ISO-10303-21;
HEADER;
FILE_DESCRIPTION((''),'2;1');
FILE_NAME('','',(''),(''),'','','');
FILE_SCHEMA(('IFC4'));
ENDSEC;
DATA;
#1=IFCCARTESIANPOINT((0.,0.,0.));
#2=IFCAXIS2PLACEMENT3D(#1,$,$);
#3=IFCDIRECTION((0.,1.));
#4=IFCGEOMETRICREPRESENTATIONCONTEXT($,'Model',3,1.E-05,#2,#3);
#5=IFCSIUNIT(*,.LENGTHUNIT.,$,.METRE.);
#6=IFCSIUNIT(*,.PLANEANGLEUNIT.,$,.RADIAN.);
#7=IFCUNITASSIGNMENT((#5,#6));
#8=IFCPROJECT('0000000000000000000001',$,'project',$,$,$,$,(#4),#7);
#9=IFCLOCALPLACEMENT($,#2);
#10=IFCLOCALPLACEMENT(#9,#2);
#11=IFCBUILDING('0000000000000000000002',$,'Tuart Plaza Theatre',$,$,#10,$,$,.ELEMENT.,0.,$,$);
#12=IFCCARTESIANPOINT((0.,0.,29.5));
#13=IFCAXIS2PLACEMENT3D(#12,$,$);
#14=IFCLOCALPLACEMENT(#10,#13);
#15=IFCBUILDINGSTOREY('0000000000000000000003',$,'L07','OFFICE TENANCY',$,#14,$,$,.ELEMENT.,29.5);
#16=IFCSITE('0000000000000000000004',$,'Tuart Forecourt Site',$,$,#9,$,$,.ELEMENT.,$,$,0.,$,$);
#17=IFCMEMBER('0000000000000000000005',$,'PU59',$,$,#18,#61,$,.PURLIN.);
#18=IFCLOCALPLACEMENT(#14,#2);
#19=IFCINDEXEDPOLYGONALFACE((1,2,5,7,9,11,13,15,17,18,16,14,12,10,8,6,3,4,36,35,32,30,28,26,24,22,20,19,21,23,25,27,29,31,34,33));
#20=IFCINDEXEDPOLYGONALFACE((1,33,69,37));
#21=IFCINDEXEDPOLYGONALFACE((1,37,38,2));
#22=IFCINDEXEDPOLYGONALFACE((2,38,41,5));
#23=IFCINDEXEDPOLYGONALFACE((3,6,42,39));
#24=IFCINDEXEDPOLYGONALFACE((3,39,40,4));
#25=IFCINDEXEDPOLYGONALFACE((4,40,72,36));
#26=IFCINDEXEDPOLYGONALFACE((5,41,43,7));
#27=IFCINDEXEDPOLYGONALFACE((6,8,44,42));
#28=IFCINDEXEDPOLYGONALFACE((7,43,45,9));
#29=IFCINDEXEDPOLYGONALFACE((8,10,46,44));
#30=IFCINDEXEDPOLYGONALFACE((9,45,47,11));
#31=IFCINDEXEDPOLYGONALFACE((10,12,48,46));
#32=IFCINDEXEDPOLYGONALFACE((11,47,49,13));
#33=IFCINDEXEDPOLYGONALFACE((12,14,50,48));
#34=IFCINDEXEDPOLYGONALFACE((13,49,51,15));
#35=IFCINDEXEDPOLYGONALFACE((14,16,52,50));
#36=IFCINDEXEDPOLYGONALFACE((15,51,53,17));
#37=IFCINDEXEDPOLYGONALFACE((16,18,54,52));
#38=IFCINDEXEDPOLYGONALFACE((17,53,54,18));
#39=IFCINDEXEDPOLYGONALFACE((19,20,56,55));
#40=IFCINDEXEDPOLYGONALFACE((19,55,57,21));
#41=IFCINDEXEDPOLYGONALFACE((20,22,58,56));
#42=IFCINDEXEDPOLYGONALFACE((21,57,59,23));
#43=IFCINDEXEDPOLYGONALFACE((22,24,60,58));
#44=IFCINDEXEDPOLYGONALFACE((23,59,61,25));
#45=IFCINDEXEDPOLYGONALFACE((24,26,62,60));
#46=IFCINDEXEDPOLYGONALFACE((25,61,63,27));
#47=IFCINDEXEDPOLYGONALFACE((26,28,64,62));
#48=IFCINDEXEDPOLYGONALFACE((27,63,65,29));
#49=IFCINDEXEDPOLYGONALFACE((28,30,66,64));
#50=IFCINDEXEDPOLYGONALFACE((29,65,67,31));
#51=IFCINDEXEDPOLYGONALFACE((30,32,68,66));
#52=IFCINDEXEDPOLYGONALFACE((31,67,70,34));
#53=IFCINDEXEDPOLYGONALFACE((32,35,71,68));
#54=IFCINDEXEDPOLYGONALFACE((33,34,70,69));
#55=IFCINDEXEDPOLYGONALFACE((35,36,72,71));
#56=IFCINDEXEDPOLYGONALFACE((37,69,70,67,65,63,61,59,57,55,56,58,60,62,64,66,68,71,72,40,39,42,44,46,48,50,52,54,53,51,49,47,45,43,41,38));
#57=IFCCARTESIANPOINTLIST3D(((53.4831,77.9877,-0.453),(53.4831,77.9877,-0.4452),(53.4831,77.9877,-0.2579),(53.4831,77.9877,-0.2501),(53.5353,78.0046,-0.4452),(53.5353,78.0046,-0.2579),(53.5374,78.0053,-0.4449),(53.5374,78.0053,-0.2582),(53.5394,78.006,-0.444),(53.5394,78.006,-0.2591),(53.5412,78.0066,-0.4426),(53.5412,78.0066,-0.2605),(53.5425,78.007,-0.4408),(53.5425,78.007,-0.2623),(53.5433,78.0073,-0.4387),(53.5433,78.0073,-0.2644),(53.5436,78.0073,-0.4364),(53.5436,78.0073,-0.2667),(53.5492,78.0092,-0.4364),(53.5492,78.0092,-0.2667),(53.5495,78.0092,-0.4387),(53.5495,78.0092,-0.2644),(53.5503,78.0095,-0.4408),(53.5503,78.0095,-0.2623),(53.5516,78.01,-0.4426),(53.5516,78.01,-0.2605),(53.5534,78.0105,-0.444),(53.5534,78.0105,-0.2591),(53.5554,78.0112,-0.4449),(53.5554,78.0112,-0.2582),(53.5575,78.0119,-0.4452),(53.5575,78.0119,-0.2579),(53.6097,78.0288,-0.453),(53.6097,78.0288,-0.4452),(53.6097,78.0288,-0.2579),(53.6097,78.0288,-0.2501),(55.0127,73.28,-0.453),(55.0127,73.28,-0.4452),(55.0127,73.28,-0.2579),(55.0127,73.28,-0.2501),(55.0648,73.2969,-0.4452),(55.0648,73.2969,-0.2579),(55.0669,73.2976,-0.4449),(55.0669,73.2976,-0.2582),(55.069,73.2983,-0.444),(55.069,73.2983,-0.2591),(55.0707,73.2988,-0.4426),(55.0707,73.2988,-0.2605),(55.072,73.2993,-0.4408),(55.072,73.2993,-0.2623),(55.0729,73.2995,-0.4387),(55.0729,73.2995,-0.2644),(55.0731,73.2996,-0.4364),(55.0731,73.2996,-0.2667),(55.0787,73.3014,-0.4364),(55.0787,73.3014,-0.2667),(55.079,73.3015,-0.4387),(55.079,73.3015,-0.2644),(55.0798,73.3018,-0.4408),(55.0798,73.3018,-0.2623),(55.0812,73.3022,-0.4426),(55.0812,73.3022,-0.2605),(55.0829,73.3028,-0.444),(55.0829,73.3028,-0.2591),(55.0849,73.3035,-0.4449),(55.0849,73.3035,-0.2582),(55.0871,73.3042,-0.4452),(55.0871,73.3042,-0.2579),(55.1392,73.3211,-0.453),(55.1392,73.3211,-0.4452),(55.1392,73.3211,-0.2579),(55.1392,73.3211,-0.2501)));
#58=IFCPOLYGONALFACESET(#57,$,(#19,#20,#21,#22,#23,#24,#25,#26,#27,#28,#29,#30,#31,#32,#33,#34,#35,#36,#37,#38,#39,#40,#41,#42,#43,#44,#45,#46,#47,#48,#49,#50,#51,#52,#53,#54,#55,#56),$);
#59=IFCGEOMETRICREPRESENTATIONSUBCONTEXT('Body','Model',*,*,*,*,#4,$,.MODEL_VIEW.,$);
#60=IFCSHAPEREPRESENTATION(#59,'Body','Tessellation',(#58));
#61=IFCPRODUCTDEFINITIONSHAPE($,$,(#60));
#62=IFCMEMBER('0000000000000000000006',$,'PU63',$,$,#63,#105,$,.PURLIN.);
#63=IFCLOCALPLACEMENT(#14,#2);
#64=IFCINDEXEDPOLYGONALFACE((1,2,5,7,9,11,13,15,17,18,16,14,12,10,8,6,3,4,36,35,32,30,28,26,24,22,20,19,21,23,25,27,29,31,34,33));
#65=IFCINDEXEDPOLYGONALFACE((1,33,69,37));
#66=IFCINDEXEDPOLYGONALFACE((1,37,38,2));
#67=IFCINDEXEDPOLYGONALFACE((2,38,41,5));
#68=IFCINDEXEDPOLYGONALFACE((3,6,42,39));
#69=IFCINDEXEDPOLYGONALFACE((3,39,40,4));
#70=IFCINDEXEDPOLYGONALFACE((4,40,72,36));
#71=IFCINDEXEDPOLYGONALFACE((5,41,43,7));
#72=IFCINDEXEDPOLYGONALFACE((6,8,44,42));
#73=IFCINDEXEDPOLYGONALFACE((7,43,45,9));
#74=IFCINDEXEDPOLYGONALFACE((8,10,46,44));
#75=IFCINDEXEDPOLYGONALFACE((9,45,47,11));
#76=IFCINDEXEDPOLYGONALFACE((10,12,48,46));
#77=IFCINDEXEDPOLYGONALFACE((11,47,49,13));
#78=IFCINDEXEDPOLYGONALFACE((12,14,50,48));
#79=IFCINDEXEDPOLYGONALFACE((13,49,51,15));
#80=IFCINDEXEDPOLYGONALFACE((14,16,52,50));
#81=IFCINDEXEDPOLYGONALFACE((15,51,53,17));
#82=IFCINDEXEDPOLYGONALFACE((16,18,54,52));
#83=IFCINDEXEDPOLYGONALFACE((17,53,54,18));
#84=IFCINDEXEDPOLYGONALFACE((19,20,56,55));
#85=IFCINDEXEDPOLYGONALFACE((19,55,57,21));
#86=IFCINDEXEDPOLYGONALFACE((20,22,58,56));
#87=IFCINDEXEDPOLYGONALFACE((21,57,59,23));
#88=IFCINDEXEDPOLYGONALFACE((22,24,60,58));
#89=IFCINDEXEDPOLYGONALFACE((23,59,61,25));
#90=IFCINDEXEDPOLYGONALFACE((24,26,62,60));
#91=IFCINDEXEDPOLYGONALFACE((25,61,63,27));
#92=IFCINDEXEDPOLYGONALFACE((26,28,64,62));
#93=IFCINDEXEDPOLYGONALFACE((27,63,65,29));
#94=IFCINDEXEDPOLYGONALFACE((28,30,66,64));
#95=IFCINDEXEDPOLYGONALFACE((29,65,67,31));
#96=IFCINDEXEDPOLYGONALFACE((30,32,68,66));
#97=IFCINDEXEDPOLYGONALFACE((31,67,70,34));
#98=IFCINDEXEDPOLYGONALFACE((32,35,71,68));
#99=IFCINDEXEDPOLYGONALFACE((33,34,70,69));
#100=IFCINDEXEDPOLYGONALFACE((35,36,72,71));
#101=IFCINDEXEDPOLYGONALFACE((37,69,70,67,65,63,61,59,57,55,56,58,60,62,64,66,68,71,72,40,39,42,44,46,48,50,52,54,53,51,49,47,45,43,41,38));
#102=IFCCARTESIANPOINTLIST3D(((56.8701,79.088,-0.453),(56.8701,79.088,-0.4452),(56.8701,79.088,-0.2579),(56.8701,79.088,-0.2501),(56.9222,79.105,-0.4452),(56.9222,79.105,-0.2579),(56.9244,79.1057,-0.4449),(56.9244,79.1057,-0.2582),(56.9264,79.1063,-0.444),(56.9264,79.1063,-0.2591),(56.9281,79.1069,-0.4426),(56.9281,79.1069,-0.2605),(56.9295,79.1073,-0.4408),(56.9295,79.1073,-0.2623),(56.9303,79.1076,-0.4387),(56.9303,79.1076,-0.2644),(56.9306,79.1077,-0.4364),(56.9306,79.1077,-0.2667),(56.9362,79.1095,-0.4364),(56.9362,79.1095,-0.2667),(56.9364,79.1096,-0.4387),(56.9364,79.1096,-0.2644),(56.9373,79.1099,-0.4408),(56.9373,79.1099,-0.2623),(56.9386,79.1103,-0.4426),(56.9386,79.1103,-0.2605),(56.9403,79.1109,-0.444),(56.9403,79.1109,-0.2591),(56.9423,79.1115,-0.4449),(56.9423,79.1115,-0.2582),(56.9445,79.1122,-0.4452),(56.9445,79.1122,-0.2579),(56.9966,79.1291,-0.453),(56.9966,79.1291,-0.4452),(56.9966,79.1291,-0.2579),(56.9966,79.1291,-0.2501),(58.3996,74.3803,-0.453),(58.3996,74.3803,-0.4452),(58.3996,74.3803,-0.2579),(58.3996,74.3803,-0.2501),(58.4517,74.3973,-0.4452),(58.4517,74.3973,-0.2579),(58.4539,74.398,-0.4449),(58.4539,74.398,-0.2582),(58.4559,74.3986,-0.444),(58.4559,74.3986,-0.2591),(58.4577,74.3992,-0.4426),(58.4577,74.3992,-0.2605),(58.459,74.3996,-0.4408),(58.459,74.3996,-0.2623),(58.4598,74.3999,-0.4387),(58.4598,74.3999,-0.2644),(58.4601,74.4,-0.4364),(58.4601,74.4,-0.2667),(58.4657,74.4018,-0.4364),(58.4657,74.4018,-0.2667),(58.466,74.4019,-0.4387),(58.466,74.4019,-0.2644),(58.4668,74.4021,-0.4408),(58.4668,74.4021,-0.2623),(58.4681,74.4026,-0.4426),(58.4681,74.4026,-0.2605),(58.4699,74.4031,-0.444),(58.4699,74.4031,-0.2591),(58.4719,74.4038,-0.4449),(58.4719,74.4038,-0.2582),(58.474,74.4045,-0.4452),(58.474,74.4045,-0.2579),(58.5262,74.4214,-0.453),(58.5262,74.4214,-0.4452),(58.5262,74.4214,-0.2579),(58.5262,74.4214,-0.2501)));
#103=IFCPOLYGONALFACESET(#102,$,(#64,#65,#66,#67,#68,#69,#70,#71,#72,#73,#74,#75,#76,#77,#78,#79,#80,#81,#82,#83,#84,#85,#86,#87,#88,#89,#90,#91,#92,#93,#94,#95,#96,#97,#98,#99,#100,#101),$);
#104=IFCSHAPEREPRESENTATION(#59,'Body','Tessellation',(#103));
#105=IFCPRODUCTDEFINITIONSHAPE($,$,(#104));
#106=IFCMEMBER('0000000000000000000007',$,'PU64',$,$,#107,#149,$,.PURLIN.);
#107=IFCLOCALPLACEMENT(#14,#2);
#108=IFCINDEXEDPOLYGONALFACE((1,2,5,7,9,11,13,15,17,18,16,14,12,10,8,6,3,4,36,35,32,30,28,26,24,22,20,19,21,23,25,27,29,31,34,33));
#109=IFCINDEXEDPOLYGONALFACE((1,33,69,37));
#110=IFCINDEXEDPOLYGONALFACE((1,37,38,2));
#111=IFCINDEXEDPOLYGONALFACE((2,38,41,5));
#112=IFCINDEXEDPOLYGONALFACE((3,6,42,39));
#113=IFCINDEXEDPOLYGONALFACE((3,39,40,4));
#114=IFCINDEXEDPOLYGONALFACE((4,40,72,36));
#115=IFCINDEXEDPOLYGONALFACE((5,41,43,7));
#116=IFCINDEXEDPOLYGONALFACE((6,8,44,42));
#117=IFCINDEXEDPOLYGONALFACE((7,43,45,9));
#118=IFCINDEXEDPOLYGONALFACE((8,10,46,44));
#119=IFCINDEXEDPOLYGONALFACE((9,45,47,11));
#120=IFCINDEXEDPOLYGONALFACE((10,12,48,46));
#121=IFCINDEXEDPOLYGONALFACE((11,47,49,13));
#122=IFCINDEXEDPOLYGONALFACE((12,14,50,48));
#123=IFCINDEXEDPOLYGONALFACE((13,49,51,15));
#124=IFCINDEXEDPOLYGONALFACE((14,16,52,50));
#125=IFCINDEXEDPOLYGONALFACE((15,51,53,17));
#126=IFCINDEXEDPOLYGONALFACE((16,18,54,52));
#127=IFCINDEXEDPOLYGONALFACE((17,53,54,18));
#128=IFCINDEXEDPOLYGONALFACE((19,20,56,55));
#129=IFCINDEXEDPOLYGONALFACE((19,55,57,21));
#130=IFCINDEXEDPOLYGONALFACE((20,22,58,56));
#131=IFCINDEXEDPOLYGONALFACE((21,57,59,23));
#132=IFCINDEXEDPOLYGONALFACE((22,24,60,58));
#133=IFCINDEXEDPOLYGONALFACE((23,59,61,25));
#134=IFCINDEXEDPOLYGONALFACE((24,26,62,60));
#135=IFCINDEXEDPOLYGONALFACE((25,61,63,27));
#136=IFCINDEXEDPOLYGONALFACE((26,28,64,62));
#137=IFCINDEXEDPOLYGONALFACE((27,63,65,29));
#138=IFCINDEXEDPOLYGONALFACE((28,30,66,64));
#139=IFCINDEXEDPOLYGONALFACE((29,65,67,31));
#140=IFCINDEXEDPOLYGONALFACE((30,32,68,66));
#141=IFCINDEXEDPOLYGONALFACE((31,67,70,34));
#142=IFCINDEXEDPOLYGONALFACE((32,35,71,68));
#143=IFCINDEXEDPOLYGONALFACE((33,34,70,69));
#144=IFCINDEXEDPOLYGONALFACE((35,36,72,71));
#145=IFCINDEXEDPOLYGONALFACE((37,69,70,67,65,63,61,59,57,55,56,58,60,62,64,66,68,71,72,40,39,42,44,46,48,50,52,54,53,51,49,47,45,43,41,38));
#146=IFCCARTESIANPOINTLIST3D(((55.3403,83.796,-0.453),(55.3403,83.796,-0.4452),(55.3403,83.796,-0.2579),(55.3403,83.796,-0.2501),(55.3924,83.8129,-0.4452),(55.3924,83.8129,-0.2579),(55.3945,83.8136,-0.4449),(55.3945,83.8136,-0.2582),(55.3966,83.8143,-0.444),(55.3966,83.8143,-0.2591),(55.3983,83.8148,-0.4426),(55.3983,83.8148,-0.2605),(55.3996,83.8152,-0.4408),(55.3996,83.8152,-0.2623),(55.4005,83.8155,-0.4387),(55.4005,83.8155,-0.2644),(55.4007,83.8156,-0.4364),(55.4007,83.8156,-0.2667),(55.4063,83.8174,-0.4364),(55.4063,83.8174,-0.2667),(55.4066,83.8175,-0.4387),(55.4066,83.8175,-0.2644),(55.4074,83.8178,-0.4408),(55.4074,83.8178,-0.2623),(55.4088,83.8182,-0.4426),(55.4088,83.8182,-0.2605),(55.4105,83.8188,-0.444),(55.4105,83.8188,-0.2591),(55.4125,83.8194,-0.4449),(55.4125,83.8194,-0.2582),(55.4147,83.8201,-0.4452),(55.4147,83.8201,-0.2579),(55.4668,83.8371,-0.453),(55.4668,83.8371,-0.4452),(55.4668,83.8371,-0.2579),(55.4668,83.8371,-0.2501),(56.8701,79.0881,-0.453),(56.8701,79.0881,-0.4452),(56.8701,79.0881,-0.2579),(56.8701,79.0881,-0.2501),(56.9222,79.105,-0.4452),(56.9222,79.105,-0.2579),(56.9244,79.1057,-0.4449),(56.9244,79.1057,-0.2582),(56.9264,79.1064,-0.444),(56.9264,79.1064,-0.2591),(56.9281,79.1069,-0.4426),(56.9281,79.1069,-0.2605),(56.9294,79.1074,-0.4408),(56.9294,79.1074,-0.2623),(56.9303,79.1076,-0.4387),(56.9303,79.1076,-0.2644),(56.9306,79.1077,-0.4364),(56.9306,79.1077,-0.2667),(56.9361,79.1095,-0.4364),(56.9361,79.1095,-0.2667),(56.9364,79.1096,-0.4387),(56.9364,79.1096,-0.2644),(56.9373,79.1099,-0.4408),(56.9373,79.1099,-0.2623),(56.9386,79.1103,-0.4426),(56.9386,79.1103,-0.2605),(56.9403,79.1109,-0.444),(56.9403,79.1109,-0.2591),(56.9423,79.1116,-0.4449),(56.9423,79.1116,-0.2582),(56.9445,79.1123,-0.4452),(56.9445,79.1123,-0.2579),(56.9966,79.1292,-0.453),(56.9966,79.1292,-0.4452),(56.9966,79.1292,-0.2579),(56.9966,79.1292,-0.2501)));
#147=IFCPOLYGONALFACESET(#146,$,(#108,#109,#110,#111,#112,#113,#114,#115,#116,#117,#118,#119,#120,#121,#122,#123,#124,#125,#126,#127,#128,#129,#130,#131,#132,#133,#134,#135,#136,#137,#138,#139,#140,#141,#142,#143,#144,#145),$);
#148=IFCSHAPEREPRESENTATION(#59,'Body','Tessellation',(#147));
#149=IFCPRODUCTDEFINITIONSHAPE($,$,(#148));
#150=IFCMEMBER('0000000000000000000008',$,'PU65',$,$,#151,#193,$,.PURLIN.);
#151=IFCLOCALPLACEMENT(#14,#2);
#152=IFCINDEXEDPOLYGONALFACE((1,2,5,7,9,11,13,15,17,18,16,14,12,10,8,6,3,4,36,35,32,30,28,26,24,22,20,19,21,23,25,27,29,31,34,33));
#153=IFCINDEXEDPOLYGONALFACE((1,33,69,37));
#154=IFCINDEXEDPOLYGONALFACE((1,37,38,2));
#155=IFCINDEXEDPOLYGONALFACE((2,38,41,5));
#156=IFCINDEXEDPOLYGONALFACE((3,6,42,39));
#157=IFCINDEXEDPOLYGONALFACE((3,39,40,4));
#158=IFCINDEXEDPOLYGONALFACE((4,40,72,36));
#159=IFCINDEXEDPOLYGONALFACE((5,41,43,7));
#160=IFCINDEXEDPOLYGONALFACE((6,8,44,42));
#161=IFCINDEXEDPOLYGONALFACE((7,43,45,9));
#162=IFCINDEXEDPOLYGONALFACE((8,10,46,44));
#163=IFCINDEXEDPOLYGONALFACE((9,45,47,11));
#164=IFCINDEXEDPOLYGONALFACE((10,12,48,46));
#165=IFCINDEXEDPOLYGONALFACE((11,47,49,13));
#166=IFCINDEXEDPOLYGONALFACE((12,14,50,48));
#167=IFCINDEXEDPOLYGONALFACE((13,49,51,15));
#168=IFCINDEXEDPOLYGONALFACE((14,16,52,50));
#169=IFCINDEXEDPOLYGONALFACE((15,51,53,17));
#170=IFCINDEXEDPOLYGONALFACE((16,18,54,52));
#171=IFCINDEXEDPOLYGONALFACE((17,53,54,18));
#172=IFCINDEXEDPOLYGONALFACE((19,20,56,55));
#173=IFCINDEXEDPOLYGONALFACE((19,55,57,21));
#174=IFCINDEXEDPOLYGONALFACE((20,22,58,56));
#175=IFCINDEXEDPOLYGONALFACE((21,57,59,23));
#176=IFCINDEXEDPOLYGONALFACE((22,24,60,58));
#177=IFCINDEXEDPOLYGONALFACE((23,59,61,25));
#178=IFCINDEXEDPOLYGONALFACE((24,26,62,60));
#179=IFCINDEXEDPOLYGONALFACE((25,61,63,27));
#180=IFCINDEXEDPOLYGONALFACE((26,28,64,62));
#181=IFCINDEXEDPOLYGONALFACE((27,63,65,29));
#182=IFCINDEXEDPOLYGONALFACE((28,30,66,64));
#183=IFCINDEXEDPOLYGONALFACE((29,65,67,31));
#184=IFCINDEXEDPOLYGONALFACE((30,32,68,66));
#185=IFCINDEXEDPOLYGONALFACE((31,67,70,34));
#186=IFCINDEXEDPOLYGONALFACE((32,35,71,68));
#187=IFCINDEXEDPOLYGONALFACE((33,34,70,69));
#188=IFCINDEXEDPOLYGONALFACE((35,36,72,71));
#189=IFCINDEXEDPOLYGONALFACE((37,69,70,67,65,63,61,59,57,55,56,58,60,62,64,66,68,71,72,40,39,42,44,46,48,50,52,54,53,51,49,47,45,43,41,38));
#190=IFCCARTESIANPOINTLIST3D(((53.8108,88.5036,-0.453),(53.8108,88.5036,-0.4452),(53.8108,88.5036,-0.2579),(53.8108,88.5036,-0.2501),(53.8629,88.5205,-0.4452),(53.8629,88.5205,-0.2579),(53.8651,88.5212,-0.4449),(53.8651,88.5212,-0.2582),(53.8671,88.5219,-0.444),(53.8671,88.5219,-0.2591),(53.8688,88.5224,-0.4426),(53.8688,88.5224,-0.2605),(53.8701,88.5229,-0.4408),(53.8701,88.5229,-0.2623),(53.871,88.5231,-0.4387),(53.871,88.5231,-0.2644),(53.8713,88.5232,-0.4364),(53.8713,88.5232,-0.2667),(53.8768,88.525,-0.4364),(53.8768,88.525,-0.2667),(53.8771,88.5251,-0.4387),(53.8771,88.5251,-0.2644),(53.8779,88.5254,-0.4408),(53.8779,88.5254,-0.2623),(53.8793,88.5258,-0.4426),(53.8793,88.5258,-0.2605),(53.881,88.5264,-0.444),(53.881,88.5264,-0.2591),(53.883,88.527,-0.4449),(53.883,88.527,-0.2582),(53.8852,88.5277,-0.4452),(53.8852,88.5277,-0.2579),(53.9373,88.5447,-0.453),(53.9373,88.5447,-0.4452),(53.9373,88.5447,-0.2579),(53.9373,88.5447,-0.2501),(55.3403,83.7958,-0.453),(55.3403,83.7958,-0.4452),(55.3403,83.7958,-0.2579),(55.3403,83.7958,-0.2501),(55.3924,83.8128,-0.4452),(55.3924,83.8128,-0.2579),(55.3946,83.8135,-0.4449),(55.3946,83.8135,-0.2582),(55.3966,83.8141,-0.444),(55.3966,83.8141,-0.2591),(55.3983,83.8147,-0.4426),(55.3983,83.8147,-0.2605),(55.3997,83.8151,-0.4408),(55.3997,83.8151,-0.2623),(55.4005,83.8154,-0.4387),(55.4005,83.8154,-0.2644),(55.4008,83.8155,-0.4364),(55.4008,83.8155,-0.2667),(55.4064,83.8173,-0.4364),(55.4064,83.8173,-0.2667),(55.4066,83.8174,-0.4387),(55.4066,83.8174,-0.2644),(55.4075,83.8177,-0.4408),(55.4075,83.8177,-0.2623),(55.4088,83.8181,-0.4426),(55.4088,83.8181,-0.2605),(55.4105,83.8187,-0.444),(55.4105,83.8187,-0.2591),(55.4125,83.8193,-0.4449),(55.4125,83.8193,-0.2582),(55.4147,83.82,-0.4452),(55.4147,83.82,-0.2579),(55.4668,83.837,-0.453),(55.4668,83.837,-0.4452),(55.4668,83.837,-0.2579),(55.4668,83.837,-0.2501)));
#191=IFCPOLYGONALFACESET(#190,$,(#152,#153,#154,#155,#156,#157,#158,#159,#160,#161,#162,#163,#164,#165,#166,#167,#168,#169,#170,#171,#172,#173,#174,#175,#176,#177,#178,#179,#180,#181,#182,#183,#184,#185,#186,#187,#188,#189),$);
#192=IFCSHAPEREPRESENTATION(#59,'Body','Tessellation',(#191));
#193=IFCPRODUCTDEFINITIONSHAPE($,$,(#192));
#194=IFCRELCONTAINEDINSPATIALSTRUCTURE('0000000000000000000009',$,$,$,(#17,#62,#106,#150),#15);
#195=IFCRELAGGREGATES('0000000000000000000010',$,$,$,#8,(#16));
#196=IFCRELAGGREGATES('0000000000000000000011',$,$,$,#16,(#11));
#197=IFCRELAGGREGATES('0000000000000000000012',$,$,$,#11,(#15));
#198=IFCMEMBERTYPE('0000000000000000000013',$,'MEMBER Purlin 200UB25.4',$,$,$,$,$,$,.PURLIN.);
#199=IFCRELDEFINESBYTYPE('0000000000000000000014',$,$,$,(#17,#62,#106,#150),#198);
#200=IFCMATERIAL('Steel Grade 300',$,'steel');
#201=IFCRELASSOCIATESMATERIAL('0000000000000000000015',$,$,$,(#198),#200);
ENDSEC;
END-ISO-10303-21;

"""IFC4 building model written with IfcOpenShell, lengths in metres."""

from ifc_helpers import new_model, si_unit, direction, frame, origin, origin_2d, place, context, subcontext, project, spatial, i_section, extrude, material, material_profile, profile_set, type_object, element, save


model = new_model("IFC4")

# Units and contexts
model_context = context("Model", 3, precision=1e-05, world=origin(), true_north=direction((0.0, 1.0)))
body_context = subcontext(model_context, "Body", "Model", "MODEL_VIEW")
ifc_project = project(units=[si_unit("LENGTHUNIT", "METRE"), si_unit("PLANEANGLEUNIT", "RADIAN")], contexts=[model_context])

# Site, building, storey
site_placement = place(None, origin())
site = spatial("IfcSite", under=ifc_project, at=site_placement, Name="Tuart Forecourt Site", CompositionType="ELEMENT", RefElevation=0.0)
building_placement = place(site_placement, origin())
building = spatial("IfcBuilding", under=site, at=building_placement, Name="Tuart Plaza Theatre", CompositionType="ELEMENT", ElevationOfRefHeight=0.0)
storey_placement = place(building_placement, frame((0.0, 0.0, 29.5)))
storey = spatial("IfcBuildingStorey", under=building, at=storey_placement, Name="L07", Description="OFFICE TENANCY", CompositionType="ELEMENT", Elevation=29.5)

# Members
ifc_material_1 = material(Name="Steel Grade 300", Category="steel")
ifc_material_profile_1 = material_profile(ifc_material_1, i_section(OverallWidth=0.1331, OverallDepth=0.2029, WebThickness=0.0059, FlangeThickness=0.0078, FilletRadius=0.0088, at=origin_2d()), Name="200UB25.4")
ifc_profile_set_1 = profile_set([ifc_material_profile_1], Name="Steel Grade 300")
member_type_1 = type_object("IfcMemberType", Name="MEMBER Purlin 200UB25.4", PredefinedType="PURLIN", material=ifc_profile_set_1)
for number, where, z_axis, x_axis, name in (
    (1, (55.0759, 73.3005, -0.3516), (-0.308998, 0.951063, 0.0), (-0.951063, -0.308998, 0.0), "PU59"),
    (2, (58.4629, 74.4009, -0.3516), (-0.308998, 0.951063, 0.0), (-0.951063, -0.308998, 0.0), "PU63"),
):
    element("IfcMember", number, at=place(storey_placement, frame(where, z_axis=z_axis, x_axis=x_axis)), inside=storey, type_object=member_type_1, Name=name, PredefinedType="PURLIN", context=body_context, shape_type="SweptSolid", body=[
        extrude(i_section(OverallWidth=0.1331, OverallDepth=0.2029, WebThickness=0.0059, FlangeThickness=0.0078, FilletRadius=0.0088, at=origin_2d()), origin(), (0.0, 0.0, 1.0), 4.95),
    ])
member_1_placement = place(storey_placement, frame((56.9333, 79.1086, -0.3516), z_axis=(-0.309043, 0.951048, 0.0), x_axis=(-0.951048, -0.309043, 0.0)))
element("IfcMember", 3, at=member_1_placement, inside=storey, type_object=member_type_1, Name="PU64", PredefinedType="PURLIN", context=body_context, shape_type="SweptSolid", body=[
    extrude(i_section(OverallWidth=0.1331, OverallDepth=0.2029, WebThickness=0.0059, FlangeThickness=0.0078, FilletRadius=0.0088, at=origin_2d()), origin(), (0.0, 0.0, 1.0), 4.9502),
])
for number, where, z_axis, x_axis, name in (
    (4, (55.4036, 83.8164, -0.3516), (-0.308998, 0.951063, 0.0), (-0.951063, -0.308998, 0.0), "PU65"),
):
    element("IfcMember", number, at=place(storey_placement, frame(where, z_axis=z_axis, x_axis=x_axis)), inside=storey, type_object=member_type_1, Name=name, PredefinedType="PURLIN", context=body_context, shape_type="SweptSolid", body=[
        extrude(i_section(OverallWidth=0.1331, OverallDepth=0.2029, WebThickness=0.0059, FlangeThickness=0.0078, FilletRadius=0.0088, at=origin_2d()), origin(), (0.0, 0.0, 1.0), 4.95),
    ])

save(model, "model.ifc")
